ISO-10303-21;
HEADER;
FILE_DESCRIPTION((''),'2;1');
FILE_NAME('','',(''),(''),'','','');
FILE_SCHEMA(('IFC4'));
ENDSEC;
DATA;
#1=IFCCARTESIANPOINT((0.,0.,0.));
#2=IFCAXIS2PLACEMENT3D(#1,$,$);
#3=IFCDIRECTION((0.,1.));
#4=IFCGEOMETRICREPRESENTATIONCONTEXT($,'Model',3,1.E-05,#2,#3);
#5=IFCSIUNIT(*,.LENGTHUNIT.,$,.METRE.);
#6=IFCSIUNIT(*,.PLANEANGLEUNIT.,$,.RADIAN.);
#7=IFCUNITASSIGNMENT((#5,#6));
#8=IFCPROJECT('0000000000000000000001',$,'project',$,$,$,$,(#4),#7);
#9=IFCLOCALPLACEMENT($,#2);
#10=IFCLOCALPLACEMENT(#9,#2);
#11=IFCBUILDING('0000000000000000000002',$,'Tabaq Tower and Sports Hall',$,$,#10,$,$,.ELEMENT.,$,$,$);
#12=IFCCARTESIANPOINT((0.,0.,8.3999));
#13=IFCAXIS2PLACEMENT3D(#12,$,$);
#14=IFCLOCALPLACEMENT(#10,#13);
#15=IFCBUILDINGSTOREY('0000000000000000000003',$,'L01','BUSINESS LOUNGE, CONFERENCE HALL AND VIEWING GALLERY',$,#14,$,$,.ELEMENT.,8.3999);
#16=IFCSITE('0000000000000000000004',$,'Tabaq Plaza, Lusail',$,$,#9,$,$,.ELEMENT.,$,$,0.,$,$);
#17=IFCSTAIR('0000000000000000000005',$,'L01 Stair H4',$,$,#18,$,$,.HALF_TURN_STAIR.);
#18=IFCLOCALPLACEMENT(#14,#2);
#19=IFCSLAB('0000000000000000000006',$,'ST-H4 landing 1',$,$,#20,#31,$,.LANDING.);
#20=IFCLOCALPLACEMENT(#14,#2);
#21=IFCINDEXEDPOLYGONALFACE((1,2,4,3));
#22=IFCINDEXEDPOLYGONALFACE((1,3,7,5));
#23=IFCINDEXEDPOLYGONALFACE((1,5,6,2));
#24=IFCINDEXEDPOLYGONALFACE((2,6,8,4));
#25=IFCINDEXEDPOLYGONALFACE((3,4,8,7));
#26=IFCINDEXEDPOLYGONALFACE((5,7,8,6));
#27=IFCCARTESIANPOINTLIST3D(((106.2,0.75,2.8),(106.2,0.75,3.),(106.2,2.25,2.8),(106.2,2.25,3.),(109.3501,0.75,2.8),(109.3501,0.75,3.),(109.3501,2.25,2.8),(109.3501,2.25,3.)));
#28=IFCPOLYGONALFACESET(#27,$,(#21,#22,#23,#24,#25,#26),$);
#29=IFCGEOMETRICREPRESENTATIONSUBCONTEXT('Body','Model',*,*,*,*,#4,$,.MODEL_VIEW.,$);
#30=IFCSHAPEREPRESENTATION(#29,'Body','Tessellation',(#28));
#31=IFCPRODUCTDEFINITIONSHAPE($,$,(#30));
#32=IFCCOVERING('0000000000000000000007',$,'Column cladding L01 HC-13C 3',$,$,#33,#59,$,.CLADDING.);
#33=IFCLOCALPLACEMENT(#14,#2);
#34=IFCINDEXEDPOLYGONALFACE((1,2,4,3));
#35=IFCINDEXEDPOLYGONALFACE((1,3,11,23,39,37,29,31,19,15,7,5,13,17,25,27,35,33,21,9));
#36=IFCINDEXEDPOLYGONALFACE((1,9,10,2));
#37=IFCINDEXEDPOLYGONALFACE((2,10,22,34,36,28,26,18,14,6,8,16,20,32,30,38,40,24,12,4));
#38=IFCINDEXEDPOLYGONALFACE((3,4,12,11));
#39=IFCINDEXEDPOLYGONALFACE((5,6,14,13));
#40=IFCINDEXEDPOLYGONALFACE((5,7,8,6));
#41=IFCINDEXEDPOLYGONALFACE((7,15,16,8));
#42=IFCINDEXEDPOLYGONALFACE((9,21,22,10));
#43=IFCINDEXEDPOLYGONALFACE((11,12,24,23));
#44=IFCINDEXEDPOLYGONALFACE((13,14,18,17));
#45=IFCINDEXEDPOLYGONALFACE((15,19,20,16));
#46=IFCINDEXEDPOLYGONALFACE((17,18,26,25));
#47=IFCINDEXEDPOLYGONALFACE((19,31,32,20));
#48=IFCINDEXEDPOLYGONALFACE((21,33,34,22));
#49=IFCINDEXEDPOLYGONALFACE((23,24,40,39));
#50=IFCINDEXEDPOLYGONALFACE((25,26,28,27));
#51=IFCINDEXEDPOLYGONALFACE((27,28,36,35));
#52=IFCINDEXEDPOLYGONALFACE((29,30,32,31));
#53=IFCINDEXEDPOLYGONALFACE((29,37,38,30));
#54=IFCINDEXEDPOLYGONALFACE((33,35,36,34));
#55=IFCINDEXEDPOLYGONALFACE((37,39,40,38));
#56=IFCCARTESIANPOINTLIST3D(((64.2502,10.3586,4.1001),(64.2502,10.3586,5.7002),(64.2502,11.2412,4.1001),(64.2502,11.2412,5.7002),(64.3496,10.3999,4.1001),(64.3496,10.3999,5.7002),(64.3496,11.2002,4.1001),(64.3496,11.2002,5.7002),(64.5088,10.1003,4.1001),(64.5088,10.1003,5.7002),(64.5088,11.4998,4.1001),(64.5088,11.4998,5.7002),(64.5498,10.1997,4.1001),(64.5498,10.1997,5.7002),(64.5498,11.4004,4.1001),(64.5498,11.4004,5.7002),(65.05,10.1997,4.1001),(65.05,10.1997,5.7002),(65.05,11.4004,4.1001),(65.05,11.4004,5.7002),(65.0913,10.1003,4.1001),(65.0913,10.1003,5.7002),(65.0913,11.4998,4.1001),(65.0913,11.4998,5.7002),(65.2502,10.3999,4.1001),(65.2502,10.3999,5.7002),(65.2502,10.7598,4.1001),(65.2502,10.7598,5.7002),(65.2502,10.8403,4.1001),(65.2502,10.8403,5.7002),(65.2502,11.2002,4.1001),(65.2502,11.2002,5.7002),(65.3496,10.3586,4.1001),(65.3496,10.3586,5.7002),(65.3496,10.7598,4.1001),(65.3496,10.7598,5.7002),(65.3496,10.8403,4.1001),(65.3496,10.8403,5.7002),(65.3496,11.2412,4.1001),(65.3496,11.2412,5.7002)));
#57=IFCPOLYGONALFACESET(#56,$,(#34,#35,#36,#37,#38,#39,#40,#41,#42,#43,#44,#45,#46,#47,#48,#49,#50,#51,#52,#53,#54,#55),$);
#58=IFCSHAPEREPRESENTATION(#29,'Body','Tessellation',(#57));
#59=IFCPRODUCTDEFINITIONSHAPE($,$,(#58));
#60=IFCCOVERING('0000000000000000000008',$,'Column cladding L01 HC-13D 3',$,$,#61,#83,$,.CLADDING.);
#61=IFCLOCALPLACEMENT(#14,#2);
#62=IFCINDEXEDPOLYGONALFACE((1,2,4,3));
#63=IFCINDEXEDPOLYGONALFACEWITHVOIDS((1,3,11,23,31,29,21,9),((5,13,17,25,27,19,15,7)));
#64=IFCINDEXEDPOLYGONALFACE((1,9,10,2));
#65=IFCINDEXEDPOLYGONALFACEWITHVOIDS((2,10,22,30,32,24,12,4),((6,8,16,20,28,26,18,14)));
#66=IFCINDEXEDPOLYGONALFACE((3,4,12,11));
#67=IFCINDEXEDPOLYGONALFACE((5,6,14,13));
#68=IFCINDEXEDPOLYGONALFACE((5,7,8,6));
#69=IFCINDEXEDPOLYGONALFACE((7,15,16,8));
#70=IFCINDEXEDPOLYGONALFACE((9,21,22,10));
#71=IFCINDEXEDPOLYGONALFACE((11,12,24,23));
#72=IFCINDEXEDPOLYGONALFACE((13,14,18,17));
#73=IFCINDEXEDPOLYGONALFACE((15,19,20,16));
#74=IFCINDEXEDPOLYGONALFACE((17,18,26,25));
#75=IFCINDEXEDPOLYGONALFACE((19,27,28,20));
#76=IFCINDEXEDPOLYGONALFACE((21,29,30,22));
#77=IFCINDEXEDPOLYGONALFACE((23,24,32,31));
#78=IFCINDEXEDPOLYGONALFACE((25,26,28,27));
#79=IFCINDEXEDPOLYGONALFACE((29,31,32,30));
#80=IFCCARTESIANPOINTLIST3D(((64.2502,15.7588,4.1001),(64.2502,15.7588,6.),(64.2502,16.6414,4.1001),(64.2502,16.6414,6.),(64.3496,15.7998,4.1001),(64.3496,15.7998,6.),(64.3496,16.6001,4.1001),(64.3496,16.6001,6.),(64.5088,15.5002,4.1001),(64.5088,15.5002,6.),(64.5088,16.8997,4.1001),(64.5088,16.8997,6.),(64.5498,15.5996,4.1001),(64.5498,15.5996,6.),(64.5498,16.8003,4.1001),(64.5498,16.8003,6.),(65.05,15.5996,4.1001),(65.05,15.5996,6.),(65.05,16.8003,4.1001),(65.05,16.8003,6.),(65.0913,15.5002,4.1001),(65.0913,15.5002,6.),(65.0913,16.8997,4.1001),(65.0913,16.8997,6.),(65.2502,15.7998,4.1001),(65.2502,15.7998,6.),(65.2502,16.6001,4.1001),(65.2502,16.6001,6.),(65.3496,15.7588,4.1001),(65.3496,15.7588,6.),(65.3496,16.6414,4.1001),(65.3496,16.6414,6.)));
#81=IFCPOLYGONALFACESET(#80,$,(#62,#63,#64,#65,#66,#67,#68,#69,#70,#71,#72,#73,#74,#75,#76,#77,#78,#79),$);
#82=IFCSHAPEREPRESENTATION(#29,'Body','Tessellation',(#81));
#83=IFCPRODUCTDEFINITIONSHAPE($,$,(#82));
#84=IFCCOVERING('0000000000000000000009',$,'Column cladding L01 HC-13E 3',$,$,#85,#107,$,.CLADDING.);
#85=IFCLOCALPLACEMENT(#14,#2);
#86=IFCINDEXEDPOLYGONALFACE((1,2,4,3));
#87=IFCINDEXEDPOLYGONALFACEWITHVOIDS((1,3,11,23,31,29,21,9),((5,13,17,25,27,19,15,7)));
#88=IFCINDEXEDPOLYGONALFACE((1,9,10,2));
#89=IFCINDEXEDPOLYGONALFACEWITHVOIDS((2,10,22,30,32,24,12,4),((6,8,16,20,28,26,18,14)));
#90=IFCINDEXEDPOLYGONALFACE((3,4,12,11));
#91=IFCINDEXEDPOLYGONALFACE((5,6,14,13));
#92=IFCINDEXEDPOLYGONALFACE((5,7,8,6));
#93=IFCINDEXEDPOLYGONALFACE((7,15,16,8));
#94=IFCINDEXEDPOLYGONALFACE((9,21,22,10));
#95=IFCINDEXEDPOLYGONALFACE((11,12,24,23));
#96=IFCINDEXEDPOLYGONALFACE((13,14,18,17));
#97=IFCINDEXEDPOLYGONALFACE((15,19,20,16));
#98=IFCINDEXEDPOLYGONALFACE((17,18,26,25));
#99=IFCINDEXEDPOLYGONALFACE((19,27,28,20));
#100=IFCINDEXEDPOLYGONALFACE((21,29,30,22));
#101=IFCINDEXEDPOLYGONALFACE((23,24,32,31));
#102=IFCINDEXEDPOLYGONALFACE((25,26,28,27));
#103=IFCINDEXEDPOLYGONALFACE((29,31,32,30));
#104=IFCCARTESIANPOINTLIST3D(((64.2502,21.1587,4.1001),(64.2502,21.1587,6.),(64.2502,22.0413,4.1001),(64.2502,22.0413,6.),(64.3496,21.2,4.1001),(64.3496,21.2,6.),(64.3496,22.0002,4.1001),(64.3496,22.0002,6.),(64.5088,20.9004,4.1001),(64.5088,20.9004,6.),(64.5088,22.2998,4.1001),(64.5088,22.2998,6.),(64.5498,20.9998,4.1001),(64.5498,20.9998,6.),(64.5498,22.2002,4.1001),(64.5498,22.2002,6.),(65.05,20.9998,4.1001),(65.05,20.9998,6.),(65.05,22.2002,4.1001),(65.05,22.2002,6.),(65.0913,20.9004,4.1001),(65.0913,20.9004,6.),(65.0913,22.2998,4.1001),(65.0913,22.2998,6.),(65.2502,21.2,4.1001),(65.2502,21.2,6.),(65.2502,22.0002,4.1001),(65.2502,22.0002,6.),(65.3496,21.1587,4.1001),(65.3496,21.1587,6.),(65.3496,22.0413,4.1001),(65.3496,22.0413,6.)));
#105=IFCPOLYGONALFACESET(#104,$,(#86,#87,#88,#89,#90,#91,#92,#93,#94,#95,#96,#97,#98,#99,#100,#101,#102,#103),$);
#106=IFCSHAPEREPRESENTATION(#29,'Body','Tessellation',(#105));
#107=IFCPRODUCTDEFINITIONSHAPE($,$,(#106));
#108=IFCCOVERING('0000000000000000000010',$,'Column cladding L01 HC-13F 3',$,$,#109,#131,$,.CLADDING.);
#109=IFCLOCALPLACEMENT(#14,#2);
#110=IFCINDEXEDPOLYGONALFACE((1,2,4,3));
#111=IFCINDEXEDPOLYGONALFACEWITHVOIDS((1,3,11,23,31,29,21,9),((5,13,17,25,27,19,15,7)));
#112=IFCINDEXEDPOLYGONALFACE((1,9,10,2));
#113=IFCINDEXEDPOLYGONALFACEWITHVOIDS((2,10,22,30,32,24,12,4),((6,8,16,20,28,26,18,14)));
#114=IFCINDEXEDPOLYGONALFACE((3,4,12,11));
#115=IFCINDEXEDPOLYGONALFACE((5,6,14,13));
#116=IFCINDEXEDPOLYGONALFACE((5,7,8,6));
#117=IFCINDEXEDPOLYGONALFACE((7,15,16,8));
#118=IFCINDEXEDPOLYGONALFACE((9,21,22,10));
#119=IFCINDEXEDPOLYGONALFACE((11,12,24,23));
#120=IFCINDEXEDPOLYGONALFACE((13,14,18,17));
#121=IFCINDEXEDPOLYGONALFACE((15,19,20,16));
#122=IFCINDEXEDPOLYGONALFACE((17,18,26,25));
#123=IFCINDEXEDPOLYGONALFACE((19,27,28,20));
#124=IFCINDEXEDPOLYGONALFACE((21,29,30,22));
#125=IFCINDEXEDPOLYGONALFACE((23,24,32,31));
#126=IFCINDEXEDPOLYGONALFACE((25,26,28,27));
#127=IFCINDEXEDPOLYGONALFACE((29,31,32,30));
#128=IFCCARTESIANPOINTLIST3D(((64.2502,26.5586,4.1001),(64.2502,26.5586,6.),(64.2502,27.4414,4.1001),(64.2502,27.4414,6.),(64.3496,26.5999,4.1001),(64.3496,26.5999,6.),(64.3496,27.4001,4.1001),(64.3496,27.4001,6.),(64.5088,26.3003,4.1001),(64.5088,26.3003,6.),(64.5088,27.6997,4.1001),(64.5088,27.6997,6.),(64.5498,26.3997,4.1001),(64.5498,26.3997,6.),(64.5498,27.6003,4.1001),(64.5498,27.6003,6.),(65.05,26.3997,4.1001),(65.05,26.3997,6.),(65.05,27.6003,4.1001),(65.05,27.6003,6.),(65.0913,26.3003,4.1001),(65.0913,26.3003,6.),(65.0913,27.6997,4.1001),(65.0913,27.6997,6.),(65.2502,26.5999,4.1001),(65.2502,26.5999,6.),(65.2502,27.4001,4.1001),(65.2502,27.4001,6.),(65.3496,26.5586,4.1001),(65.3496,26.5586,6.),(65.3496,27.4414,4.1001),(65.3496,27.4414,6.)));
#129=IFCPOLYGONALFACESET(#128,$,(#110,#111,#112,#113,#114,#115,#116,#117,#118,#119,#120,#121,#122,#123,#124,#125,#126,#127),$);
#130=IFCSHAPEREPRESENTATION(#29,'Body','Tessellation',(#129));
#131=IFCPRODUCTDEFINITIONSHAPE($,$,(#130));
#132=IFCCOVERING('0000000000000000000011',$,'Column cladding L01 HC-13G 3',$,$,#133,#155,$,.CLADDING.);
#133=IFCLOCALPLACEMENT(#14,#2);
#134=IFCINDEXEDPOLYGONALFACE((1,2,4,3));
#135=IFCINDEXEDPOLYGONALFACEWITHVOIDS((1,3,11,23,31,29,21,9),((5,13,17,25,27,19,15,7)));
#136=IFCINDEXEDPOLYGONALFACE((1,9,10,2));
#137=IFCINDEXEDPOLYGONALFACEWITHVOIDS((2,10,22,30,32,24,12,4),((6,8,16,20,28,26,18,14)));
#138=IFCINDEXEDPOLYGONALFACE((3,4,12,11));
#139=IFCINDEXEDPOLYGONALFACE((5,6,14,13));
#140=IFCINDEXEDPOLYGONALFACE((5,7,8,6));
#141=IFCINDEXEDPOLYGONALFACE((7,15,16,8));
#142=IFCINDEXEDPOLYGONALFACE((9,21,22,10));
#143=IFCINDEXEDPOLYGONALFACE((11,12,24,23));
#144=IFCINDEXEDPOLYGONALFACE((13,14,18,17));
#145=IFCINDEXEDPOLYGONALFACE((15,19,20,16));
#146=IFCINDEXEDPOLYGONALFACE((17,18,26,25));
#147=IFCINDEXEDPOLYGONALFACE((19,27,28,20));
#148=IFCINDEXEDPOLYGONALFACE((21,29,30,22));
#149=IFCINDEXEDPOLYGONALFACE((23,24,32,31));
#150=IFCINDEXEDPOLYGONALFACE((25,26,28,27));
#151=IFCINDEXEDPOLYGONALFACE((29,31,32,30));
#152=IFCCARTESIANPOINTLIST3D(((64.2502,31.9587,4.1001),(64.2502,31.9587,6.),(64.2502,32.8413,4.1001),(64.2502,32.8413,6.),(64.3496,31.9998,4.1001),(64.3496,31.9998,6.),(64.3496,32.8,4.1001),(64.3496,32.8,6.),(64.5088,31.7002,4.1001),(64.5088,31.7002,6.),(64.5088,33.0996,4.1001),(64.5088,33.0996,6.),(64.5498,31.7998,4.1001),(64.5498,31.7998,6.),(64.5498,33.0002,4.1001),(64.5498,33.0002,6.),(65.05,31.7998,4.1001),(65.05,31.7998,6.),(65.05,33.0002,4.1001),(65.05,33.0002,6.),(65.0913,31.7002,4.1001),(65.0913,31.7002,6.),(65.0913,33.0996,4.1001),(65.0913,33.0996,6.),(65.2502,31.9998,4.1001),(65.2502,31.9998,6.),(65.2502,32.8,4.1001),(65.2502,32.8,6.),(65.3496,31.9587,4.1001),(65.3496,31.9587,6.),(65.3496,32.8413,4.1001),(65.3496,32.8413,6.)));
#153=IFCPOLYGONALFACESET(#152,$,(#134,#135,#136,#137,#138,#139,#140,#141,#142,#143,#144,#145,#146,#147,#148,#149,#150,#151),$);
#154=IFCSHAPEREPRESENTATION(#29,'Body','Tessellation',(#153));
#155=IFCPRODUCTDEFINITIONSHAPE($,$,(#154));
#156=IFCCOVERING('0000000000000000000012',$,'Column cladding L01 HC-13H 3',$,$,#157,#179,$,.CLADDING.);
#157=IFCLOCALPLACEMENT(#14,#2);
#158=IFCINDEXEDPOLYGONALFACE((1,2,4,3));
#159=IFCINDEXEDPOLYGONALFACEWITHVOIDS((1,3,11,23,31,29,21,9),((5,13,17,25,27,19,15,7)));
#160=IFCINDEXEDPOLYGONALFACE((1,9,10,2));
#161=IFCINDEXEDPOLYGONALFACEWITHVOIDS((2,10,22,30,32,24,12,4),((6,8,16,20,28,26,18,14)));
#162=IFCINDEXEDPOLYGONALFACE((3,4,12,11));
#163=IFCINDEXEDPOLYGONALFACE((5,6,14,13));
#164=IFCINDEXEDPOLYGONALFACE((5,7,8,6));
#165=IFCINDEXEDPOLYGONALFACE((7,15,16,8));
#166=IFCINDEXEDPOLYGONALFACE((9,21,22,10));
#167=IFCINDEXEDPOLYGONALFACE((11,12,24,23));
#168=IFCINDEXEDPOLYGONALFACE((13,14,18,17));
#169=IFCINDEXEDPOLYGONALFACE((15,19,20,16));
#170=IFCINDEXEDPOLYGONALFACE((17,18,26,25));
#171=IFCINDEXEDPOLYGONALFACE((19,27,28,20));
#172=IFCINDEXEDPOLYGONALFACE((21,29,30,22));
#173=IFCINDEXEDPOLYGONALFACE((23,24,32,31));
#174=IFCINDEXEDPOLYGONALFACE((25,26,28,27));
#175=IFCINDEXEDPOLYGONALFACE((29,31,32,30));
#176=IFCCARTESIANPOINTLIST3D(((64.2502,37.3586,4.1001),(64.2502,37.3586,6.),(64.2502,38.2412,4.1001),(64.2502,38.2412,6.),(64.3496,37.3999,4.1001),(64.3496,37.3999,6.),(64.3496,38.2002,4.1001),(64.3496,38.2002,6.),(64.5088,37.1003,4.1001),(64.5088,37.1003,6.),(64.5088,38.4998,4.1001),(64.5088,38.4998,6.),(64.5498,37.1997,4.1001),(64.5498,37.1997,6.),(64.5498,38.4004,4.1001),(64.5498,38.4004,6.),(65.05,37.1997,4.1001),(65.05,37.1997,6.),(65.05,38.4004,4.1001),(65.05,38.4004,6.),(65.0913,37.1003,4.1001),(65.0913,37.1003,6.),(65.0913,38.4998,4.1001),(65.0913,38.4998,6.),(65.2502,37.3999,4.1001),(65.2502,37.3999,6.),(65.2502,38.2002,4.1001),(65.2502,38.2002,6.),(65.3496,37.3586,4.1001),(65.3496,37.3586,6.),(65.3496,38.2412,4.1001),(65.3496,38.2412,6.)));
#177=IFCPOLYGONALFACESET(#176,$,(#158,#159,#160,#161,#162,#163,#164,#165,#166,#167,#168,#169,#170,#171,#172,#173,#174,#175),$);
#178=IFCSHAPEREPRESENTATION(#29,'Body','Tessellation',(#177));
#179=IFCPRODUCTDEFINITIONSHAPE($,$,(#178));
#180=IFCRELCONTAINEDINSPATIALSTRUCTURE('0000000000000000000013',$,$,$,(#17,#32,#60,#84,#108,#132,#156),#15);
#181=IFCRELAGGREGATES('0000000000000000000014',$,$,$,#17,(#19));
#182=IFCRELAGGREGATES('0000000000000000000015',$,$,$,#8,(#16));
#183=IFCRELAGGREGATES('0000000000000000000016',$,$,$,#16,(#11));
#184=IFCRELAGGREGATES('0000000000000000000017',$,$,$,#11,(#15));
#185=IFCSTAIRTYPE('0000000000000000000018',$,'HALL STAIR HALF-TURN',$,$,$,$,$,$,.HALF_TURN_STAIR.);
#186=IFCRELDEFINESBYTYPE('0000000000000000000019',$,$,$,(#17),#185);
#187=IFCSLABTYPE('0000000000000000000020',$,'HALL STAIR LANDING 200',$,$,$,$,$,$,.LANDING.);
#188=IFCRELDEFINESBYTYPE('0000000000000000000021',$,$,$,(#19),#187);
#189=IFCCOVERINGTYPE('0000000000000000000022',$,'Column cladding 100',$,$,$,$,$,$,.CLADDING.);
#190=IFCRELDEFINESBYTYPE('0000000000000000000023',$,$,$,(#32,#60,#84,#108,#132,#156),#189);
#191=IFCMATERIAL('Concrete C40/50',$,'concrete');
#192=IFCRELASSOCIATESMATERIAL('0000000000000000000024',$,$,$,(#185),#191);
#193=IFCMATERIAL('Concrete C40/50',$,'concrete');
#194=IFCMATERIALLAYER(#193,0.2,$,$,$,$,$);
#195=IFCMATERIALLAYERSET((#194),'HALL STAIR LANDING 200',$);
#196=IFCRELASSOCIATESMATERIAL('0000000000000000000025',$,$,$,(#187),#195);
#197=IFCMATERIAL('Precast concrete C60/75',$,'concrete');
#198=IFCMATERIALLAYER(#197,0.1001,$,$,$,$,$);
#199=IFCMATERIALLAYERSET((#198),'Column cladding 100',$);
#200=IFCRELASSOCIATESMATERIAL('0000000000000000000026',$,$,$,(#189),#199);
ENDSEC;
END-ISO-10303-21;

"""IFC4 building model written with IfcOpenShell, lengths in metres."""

from ifc_helpers import new_model, si_unit, direction, frame, origin, place, context, subcontext, project, spatial, polyline, outline, extrude, material, layer, layer_set, type_object, element, aggregate, save


model = new_model("IFC4")

# Units and contexts
model_context = context("Model", 3, precision=1e-05, world=origin(), true_north=direction((0.0, 1.0)))
body_context = subcontext(model_context, "Body", "Model", "MODEL_VIEW")
ifc_project = project(units=[si_unit("LENGTHUNIT", "METRE"), si_unit("PLANEANGLEUNIT", "RADIAN")], contexts=[model_context])

# Site, building, storey
site_placement = place(None, origin())
site = spatial("IfcSite", under=ifc_project, at=site_placement, Name="Tabaq Plaza, Lusail", CompositionType="ELEMENT", RefElevation=0.0)
building_placement = place(site_placement, origin())
building = spatial("IfcBuilding", under=site, at=building_placement, Name="Tabaq Tower and Sports Hall", CompositionType="ELEMENT")
storey_placement = place(building_placement, frame((0.0, 0.0, 8.3999)))
storey = spatial("IfcBuildingStorey", under=building, at=storey_placement, Name="L01", Description="BUSINESS LOUNGE, CONFERENCE HALL AND VIEWING GALLERY", CompositionType="ELEMENT", Elevation=8.3999)

# Stair, slab
ifc_material_1 = material(Name="Concrete C40/50", Category="concrete")
stair_type = type_object("IfcStairType", Name="HALL STAIR HALF-TURN", PredefinedType="HALF_TURN_STAIR", material=ifc_material_1)
stair_placement = place(storey_placement, origin())
stair = element("IfcStair", 1, at=stair_placement, inside=storey, type_object=stair_type, Name="L01 Stair H4", PredefinedType="HALF_TURN_STAIR")
ifc_material_2 = material(Name="Concrete C40/50", Category="concrete")
ifc_layer_1 = layer(ifc_material_2, 0.2)
ifc_layer_set_1 = layer_set([ifc_layer_1], Name="HALL STAIR LANDING 200")
slab_type = type_object("IfcSlabType", Name="HALL STAIR LANDING 200", PredefinedType="LANDING", material=ifc_layer_set_1)
slab_placement = place(storey_placement, frame((0.0, 0.0, 2.8)))
slab = element("IfcSlab", 2, at=slab_placement, type_object=slab_type, Name="ST-H4 landing 1", PredefinedType="LANDING", context=body_context, shape_type="SweptSolid", body=[
    extrude(outline(polyline([(106.2, 2.25), (106.2, 0.75), (109.3501, 0.75), (109.3501, 2.25), (106.2, 2.25)])), origin(), (0.0, 0.0, 1.0), 0.2),
])
aggregate(stair, [slab])

# Coverings
ifc_material_3 = material(Name="Precast concrete C60/75", Category="concrete")
ifc_layer_2 = layer(ifc_material_3, 0.1001)
ifc_layer_set_2 = layer_set([ifc_layer_2], Name="Column cladding 100")
covering_type = type_object("IfcCoveringType", Name="Column cladding 100", PredefinedType="CLADDING", material=ifc_layer_set_2)
covering_1_placement = place(storey_placement, frame((0.0, 0.0, 4.1001)))
element("IfcCovering", 3, at=covering_1_placement, inside=storey, type_object=covering_type, Name="Column cladding L01 HC-13C 3", PredefinedType="CLADDING", context=body_context, shape_type="SweptSolid", body=[
    extrude(outline(polyline([(64.5088, 10.1003), (64.2502, 10.3586), (64.2502, 11.2412), (64.5088, 11.4998), (65.0913, 11.4998), (65.3496, 11.2412), (65.3496, 10.8403), (65.2502, 10.8403), (65.2502, 11.2002), (65.05, 11.4004), (64.5498, 11.4004), (64.3496, 11.2002), (64.3496, 10.3999), (64.5498, 10.1997), (65.05, 10.1997), (65.2502, 10.3999), (65.2502, 10.7598), (65.3496, 10.7598), (65.3496, 10.3586), (65.0913, 10.1003), (64.5088, 10.1003)])), origin(), (0.0, 0.0, 1.0), 1.6001),
])
covering_2_placement = place(storey_placement, frame((0.0, 0.0, 4.1001)))
element("IfcCovering", 4, at=covering_2_placement, inside=storey, type_object=covering_type, Name="Column cladding L01 HC-13D 3", PredefinedType="CLADDING", context=body_context, shape_type="SweptSolid", body=[
    extrude(outline(polyline([(65.0913, 15.5002), (64.5088, 15.5002), (64.2502, 15.7588), (64.2502, 16.6414), (64.5088, 16.8997), (65.0913, 16.8997), (65.3496, 16.6414), (65.3496, 15.7588), (65.0913, 15.5002)]), holes=[polyline([(65.2502, 16.6001), (65.05, 16.8003), (64.5498, 16.8003), (64.3496, 16.6001), (64.3496, 15.7998), (64.5498, 15.5996), (65.05, 15.5996), (65.2502, 15.7998), (65.2502, 16.6001)])]), origin(), (0.0, 0.0, 1.0), 1.8999),
])
covering_3_placement = place(storey_placement, frame((0.0, 0.0, 4.1001)))
element("IfcCovering", 5, at=covering_3_placement, inside=storey, type_object=covering_type, Name="Column cladding L01 HC-13E 3", PredefinedType="CLADDING", context=body_context, shape_type="SweptSolid", body=[
    extrude(outline(polyline([(65.0913, 20.9004), (64.5088, 20.9004), (64.2502, 21.1587), (64.2502, 22.0413), (64.5088, 22.2998), (65.0913, 22.2998), (65.3496, 22.0413), (65.3496, 21.1587), (65.0913, 20.9004)]), holes=[polyline([(65.2502, 22.0002), (65.05, 22.2002), (64.5498, 22.2002), (64.3496, 22.0002), (64.3496, 21.2), (64.5498, 20.9998), (65.05, 20.9998), (65.2502, 21.2), (65.2502, 22.0002)])]), origin(), (0.0, 0.0, 1.0), 1.8999),
])
covering_4_placement = place(storey_placement, frame((0.0, 0.0, 4.1001)))
element("IfcCovering", 6, at=covering_4_placement, inside=storey, type_object=covering_type, Name="Column cladding L01 HC-13F 3", PredefinedType="CLADDING", context=body_context, shape_type="SweptSolid", body=[
    extrude(outline(polyline([(65.0913, 26.3003), (64.5088, 26.3003), (64.2502, 26.5586), (64.2502, 27.4414), (64.5088, 27.6997), (65.0913, 27.6997), (65.3496, 27.4414), (65.3496, 26.5586), (65.0913, 26.3003)]), holes=[polyline([(65.2502, 27.4001), (65.05, 27.6003), (64.5498, 27.6003), (64.3496, 27.4001), (64.3496, 26.5999), (64.5498, 26.3997), (65.05, 26.3997), (65.2502, 26.5999), (65.2502, 27.4001)])]), origin(), (0.0, 0.0, 1.0), 1.8999),
])
covering_5_placement = place(storey_placement, frame((0.0, 0.0, 4.1001)))
element("IfcCovering", 7, at=covering_5_placement, inside=storey, type_object=covering_type, Name="Column cladding L01 HC-13G 3", PredefinedType="CLADDING", context=body_context, shape_type="SweptSolid", body=[
    extrude(outline(polyline([(65.0913, 31.7002), (64.5088, 31.7002), (64.2502, 31.9587), (64.2502, 32.8413), (64.5088, 33.0996), (65.0913, 33.0996), (65.3496, 32.8413), (65.3496, 31.9587), (65.0913, 31.7002)]), holes=[polyline([(65.2502, 32.8), (65.05, 33.0002), (64.5498, 33.0002), (64.3496, 32.8), (64.3496, 31.9998), (64.5498, 31.7998), (65.05, 31.7998), (65.2502, 31.9998), (65.2502, 32.8)])]), origin(), (0.0, 0.0, 1.0), 1.8999),
])
covering_6_placement = place(storey_placement, frame((0.0, 0.0, 4.1001)))
element("IfcCovering", 8, at=covering_6_placement, inside=storey, type_object=covering_type, Name="Column cladding L01 HC-13H 3", PredefinedType="CLADDING", context=body_context, shape_type="SweptSolid", body=[
    extrude(outline(polyline([(65.0913, 37.1003), (64.5088, 37.1003), (64.2502, 37.3586), (64.2502, 38.2412), (64.5088, 38.4998), (65.0913, 38.4998), (65.3496, 38.2412), (65.3496, 37.3586), (65.0913, 37.1003)]), holes=[polyline([(65.2502, 38.2002), (65.05, 38.4004), (64.5498, 38.4004), (64.3496, 38.2002), (64.3496, 37.3999), (64.5498, 37.1997), (65.05, 37.1997), (65.2502, 37.3999), (65.2502, 38.2002)])]), origin(), (0.0, 0.0, 1.0), 1.8999),
])

save(model, "model.ifc")
